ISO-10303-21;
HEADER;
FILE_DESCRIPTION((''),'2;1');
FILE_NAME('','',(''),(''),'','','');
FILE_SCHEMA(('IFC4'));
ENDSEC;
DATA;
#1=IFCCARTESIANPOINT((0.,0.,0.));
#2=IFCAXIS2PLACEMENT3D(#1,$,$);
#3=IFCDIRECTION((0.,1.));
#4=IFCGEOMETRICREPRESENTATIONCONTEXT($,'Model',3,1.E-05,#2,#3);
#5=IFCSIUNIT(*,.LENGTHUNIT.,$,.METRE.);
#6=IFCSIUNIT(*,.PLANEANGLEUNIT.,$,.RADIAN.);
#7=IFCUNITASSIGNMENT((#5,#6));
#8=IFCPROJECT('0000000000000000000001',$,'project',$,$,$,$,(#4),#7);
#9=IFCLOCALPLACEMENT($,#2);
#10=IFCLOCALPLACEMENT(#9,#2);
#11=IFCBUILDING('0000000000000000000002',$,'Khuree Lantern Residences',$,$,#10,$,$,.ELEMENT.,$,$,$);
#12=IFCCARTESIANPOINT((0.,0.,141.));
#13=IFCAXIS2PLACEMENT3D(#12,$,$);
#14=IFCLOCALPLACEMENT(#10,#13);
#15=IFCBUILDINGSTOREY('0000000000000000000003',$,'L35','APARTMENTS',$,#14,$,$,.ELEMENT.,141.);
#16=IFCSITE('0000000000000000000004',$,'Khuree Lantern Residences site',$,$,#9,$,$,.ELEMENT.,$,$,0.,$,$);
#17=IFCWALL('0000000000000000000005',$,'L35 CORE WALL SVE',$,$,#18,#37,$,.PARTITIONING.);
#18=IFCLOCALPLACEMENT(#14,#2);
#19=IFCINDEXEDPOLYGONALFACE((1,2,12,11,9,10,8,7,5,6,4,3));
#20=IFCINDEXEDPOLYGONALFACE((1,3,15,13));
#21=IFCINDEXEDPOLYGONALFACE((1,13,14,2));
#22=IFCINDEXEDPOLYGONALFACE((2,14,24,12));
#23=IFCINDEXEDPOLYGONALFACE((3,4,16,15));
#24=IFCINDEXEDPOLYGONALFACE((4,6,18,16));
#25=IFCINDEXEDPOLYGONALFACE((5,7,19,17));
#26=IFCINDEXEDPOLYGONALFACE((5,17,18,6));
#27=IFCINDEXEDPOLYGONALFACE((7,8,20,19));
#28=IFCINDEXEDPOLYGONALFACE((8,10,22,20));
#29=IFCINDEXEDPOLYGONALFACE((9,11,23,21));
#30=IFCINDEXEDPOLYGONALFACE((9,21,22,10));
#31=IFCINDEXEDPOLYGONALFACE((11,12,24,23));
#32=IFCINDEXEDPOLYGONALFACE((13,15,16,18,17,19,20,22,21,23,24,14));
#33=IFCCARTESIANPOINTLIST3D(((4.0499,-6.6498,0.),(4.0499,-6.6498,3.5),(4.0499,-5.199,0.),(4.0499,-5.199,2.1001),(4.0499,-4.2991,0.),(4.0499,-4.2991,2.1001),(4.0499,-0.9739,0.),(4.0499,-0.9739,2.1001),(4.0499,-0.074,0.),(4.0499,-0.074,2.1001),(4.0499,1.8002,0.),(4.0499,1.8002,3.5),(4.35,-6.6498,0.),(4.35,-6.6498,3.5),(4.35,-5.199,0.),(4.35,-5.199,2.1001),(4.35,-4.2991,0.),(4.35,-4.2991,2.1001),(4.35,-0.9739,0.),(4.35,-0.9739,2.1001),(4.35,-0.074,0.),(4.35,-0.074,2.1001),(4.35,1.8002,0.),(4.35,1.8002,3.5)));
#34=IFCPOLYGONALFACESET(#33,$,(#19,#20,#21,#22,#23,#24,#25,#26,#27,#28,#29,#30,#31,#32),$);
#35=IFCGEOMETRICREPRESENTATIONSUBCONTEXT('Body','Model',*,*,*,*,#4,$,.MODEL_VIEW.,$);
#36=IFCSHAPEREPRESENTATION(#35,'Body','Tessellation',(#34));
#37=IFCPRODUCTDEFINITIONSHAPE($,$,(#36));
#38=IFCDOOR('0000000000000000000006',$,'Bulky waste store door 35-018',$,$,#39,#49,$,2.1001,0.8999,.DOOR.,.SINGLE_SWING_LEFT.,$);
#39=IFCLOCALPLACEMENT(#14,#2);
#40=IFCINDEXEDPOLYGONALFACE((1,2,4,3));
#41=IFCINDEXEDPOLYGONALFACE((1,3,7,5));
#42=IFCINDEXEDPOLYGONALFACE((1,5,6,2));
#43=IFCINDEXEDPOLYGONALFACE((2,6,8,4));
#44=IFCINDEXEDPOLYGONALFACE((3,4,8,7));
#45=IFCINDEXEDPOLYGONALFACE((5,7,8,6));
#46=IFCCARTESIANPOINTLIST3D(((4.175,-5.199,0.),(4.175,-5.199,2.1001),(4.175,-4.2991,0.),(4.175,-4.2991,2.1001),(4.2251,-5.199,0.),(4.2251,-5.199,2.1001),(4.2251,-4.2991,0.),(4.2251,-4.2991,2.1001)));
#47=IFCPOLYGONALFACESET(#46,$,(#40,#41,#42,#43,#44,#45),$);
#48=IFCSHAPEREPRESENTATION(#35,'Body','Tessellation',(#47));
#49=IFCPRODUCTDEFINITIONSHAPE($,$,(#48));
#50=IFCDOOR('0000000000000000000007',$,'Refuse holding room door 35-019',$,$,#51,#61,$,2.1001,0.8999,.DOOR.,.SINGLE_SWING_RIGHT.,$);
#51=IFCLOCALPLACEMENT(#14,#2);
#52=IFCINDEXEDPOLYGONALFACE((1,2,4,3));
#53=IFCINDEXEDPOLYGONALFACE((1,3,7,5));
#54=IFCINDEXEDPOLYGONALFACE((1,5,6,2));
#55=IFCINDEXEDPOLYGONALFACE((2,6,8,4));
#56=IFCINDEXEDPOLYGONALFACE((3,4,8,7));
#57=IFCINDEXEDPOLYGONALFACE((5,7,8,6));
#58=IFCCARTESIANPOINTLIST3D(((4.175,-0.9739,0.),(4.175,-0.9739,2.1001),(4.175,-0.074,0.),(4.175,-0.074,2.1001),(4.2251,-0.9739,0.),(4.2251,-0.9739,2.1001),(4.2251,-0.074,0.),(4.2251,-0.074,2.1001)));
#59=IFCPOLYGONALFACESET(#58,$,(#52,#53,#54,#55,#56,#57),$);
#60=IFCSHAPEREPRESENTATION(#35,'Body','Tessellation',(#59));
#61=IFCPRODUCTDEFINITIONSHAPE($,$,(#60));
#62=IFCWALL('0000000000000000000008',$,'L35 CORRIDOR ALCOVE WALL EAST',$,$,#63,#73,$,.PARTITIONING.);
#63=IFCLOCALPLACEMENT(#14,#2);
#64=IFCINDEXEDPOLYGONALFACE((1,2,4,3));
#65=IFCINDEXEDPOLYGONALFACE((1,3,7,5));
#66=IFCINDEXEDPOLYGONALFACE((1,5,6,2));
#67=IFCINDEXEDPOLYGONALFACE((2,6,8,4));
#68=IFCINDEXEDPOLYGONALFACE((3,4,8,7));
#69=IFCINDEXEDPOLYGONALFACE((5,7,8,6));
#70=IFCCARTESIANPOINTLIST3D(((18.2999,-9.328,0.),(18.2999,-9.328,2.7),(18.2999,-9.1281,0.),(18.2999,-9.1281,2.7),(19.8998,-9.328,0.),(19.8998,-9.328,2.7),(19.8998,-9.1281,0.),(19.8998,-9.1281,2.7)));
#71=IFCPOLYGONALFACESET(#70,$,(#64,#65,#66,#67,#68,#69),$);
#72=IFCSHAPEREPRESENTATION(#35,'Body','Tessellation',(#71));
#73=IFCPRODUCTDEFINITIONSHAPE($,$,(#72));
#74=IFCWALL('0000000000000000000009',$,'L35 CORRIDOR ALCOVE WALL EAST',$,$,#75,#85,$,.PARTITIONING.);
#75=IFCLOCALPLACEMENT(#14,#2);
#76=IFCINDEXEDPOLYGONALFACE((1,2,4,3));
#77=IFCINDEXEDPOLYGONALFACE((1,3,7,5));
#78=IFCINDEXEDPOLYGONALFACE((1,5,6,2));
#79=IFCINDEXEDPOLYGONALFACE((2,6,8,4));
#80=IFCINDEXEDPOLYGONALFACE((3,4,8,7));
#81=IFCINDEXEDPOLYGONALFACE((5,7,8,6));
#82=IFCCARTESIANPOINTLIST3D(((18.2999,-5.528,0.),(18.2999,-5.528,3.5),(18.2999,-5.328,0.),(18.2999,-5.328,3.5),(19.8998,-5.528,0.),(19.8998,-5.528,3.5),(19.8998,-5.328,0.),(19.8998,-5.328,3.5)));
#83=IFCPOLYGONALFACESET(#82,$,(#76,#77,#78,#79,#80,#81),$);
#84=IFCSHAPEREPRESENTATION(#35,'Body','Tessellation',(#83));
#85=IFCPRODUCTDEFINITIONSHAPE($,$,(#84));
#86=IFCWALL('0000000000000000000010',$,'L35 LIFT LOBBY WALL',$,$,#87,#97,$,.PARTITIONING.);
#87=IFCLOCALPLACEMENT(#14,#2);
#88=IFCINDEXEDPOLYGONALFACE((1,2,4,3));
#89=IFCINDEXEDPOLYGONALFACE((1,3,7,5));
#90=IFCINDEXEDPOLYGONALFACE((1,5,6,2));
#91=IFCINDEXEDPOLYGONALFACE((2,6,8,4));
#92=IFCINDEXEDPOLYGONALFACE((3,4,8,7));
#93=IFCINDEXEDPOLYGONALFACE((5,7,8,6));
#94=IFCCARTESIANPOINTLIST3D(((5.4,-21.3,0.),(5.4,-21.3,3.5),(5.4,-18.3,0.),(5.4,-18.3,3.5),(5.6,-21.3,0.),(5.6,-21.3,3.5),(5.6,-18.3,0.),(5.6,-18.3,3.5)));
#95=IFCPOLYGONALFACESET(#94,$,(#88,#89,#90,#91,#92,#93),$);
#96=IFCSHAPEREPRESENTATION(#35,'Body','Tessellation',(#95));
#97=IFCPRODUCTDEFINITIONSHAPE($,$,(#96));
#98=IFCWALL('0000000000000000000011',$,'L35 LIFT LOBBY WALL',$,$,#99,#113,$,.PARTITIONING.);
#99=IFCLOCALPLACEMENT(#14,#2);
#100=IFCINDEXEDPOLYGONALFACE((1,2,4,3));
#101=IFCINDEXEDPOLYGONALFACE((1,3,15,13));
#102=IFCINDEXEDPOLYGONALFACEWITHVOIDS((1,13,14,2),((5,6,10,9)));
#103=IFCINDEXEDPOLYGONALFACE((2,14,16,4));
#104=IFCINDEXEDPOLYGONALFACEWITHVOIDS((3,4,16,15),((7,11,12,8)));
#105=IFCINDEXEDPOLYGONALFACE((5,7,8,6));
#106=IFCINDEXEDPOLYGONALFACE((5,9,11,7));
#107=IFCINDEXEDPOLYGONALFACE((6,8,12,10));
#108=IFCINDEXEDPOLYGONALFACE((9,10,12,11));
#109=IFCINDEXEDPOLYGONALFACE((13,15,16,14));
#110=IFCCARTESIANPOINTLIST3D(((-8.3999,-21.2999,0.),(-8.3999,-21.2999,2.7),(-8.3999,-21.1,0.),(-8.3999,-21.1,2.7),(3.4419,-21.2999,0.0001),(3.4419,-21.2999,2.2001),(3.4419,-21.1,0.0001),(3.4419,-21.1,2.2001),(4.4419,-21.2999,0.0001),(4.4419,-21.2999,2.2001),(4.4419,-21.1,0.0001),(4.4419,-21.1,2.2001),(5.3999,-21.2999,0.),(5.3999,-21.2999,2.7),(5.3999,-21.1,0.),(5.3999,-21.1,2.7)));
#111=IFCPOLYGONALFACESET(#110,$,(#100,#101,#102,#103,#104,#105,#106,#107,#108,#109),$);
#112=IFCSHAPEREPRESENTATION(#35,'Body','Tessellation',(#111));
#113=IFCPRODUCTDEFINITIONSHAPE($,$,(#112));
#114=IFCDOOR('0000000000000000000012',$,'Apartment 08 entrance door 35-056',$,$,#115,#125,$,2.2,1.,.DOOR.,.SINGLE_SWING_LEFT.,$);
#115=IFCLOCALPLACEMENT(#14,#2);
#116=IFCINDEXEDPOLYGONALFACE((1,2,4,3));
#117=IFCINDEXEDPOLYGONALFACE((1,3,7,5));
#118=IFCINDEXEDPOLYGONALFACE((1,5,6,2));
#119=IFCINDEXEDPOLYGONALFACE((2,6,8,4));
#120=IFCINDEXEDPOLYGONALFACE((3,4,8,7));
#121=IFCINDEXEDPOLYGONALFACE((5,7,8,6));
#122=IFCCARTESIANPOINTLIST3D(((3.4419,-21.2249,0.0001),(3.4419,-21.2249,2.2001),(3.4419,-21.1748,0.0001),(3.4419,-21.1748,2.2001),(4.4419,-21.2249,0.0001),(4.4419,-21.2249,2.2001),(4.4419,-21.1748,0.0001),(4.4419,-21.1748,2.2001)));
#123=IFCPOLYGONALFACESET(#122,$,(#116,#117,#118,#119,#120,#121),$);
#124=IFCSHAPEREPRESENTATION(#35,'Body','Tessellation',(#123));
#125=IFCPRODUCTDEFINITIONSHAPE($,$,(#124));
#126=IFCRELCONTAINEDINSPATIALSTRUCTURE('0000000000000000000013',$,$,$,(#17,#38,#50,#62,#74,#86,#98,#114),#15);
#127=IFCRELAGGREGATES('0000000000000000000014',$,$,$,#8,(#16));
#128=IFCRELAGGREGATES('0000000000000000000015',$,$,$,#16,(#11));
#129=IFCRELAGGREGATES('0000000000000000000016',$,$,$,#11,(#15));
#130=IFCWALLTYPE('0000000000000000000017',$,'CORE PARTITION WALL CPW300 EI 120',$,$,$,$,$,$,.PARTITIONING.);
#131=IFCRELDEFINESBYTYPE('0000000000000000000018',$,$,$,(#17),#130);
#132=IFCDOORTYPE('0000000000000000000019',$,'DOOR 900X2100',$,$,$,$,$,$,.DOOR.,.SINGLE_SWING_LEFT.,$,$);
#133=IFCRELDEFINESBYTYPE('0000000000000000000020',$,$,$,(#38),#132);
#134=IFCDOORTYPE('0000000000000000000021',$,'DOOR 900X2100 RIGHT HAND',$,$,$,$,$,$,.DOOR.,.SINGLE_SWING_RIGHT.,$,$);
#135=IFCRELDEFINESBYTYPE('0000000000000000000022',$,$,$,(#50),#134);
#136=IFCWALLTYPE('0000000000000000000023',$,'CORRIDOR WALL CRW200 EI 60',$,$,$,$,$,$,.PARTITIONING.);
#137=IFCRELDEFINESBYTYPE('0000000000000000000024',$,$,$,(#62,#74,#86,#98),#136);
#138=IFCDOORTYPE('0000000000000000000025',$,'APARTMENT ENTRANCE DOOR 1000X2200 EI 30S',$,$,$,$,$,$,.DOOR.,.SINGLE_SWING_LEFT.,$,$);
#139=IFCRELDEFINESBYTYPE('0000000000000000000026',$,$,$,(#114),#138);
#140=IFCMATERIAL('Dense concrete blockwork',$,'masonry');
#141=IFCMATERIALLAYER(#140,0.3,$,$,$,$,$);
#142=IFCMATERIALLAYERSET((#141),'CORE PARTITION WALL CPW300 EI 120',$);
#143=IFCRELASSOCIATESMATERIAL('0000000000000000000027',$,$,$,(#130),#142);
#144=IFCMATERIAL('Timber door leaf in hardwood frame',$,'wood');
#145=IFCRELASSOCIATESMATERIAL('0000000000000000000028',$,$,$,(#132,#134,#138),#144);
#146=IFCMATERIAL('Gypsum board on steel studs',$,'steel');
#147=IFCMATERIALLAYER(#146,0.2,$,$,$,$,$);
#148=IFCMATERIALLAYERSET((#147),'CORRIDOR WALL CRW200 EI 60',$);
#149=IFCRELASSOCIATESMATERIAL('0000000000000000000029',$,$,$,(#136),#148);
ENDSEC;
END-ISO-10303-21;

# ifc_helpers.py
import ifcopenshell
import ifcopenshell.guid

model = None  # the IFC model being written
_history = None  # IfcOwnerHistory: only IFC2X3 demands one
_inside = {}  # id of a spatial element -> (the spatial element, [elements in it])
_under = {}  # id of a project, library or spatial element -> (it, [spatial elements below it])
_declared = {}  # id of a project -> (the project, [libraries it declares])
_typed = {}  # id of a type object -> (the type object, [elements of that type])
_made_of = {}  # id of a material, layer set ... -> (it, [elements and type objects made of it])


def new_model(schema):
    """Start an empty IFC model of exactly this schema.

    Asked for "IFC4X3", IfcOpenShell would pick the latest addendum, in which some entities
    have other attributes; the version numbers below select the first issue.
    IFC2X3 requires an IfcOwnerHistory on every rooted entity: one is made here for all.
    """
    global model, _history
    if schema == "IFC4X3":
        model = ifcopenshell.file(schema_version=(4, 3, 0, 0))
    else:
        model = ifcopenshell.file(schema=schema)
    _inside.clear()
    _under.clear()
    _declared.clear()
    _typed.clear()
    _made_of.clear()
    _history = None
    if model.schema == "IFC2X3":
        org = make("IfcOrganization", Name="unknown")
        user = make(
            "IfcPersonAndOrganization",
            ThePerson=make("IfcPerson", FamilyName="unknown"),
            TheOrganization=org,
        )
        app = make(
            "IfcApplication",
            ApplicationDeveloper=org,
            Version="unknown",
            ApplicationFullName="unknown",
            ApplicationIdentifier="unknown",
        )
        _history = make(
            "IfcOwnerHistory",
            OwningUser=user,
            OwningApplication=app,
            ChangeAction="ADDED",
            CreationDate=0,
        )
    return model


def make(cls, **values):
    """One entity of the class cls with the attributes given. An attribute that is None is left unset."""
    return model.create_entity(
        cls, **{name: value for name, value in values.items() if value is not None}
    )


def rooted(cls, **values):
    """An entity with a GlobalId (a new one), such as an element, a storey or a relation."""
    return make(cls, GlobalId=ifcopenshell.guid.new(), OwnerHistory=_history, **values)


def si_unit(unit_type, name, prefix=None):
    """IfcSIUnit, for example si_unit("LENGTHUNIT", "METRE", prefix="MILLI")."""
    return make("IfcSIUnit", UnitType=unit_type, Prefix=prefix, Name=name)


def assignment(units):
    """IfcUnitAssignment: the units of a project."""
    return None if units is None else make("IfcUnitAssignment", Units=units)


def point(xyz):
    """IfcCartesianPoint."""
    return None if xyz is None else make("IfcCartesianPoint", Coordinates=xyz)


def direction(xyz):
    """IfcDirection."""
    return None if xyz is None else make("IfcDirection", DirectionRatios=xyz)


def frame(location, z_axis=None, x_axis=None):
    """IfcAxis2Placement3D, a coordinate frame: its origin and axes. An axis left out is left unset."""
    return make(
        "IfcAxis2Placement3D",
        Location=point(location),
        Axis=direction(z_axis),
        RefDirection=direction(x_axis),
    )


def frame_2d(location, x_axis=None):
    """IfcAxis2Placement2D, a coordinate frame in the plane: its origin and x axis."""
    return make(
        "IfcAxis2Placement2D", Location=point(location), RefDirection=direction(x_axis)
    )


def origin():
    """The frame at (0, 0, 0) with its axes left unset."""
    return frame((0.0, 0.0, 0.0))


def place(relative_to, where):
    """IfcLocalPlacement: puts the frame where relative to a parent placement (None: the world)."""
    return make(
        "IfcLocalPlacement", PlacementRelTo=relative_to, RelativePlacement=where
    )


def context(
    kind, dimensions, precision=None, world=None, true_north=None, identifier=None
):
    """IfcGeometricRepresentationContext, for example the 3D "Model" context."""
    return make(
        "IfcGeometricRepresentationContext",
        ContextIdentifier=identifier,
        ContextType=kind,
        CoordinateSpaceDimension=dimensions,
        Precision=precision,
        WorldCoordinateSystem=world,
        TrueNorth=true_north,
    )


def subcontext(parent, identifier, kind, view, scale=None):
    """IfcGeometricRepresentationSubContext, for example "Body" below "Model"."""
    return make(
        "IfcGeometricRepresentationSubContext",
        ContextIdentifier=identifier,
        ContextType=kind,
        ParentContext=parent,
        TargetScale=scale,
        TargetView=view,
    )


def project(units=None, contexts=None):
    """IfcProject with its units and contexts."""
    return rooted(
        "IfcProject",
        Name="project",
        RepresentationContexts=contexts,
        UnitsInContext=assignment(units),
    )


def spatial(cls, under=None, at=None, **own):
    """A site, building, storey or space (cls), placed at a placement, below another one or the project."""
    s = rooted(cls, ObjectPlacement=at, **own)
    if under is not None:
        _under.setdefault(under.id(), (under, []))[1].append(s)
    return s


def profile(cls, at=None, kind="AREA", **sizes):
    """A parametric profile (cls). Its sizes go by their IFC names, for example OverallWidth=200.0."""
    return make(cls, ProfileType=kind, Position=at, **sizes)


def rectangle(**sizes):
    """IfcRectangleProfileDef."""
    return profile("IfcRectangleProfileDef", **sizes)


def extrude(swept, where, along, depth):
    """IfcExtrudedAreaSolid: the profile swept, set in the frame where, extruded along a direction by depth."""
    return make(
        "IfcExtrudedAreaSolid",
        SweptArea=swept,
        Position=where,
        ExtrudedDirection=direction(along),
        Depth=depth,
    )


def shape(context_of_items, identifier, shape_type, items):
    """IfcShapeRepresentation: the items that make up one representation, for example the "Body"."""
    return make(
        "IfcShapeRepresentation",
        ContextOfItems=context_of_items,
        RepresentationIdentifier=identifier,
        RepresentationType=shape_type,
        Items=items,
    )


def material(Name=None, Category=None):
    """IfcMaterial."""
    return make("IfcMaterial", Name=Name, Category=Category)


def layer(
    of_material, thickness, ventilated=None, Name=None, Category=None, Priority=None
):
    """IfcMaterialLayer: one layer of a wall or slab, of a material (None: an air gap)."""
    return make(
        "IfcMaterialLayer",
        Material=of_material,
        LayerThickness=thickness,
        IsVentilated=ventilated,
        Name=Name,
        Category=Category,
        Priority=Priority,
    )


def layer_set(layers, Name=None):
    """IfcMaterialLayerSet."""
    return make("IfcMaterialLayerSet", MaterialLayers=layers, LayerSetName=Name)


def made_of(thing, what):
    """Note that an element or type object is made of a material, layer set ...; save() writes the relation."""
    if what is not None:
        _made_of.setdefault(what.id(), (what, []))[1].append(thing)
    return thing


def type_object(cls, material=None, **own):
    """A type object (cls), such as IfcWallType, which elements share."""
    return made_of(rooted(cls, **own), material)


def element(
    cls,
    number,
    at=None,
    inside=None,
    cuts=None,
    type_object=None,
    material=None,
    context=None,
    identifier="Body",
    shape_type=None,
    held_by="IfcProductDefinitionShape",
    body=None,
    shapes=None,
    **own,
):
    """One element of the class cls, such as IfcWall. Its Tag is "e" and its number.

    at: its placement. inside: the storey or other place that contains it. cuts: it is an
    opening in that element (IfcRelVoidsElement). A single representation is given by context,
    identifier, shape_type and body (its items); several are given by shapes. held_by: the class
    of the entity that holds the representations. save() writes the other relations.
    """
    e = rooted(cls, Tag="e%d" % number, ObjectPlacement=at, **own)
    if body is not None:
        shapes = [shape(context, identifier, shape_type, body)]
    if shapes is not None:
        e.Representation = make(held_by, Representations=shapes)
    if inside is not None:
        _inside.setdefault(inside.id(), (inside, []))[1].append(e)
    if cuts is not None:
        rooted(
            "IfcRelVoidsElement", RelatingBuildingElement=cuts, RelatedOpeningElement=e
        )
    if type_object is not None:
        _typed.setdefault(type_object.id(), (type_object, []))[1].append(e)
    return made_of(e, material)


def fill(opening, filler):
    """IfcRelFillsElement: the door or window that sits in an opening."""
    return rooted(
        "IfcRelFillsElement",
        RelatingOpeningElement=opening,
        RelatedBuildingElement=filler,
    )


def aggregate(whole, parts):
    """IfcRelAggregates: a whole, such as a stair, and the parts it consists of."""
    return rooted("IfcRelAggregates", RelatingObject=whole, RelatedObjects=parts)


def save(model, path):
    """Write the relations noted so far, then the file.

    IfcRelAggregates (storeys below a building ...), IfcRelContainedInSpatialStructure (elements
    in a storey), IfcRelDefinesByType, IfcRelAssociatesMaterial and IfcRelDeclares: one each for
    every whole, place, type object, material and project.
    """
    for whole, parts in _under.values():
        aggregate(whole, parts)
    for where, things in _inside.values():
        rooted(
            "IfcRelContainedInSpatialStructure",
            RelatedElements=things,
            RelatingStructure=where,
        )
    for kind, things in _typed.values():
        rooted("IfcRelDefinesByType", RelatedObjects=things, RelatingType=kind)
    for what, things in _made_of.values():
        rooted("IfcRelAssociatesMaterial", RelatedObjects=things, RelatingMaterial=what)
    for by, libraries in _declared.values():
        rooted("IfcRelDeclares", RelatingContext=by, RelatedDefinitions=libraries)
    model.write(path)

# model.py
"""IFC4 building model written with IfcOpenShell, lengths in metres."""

from ifc_helpers import new_model, si_unit, direction, frame, frame_2d, origin, place, context, subcontext, project, spatial, rectangle, extrude, material, layer, layer_set, type_object, element, fill, save


model = new_model("IFC4")

# Units and contexts
model_context = context("Model", 3, precision=1e-05, world=origin(), true_north=direction((0.0, 1.0)))
body_context = subcontext(model_context, "Body", "Model", "MODEL_VIEW")
ifc_project = project(units=[si_unit("LENGTHUNIT", "METRE"), si_unit("PLANEANGLEUNIT", "RADIAN")], contexts=[model_context])

# Site, building, storey
site_placement = place(None, origin())
site = spatial("IfcSite", under=ifc_project, at=site_placement, Name="Khuree Lantern Residences site", CompositionType="ELEMENT", RefElevation=0.0)
building_placement = place(site_placement, origin())
building = spatial("IfcBuilding", under=site, at=building_placement, Name="Khuree Lantern Residences", CompositionType="ELEMENT")
storey_placement = place(building_placement, frame((0.0, 0.0, 141.0)))
storey = spatial("IfcBuildingStorey", under=building, at=storey_placement, Name="L35", Description="APARTMENTS", CompositionType="ELEMENT", Elevation=141.0)

# Shared definitions
ifc_material_1 = material(Name="Timber door leaf in hardwood frame", Category="wood")

# Shared definitions
ifc_material_2 = material(Name="Dense concrete blockwork", Category="masonry")
ifc_layer_1 = layer(ifc_material_2, 0.3)
ifc_layer_set_1 = layer_set([ifc_layer_1], Name="CORE PARTITION WALL CPW300 EI 120")
wall_type_1 = type_object("IfcWallType", Name="CORE PARTITION WALL CPW300 EI 120", PredefinedType="PARTITIONING", material=ifc_layer_set_1)

# Wall, openings, doors
wall_1_placement = place(storey_placement, frame((4.2, -6.6499, 0.0), z_axis=(0.0, 0.0, 1.0), x_axis=(0.0, 1.0, 0.0)))
wall_1 = element("IfcWall", 1, at=wall_1_placement, inside=storey, type_object=wall_type_1, Name="L35 CORE WALL SVE", PredefinedType="PARTITIONING", context=body_context, shape_type="SweptSolid", body=[
    extrude(rectangle(XDim=8.45, YDim=0.3, at=frame_2d((4.2251, 0.0))), origin(), (0.0, 0.0, 1.0), 3.5),
])
opening_1_placement = place(wall_1_placement, frame((1.4509, 0.0, 0.0)))
opening_1 = element("IfcOpeningElement", 2, at=opening_1_placement, cuts=wall_1, PredefinedType="OPENING", context=body_context, shape_type="SweptSolid", body=[
    extrude(rectangle(XDim=0.8999, YDim=2.1001, at=frame_2d((0.45, 1.05))), frame((0.0, 0.1602, 0.0), z_axis=(0.0, -1.0, 0.0), x_axis=(1.0, 0.0, 0.0)), (0.0, 0.0, 1.0), 0.3201),
])
opening_2_placement = place(wall_1_placement, frame((5.676, 0.0, 0.0)))
opening_2 = element("IfcOpeningElement", 3, at=opening_2_placement, cuts=wall_1, PredefinedType="OPENING", context=body_context, shape_type="SweptSolid", body=[
    extrude(rectangle(XDim=0.8999, YDim=2.1001, at=frame_2d((0.45, 1.05))), frame((0.0, 0.1602, 0.0), z_axis=(0.0, -1.0, 0.0), x_axis=(1.0, 0.0, 0.0)), (0.0, 0.0, 1.0), 0.3201),
])
door_type_1 = type_object("IfcDoorType", Name="DOOR 900X2100", OperationType="SINGLE_SWING_LEFT", PredefinedType="DOOR", material=ifc_material_1)
door_1_placement = place(opening_1_placement, origin())
door_1 = element("IfcDoor", 4, at=door_1_placement, inside=storey, type_object=door_type_1, Name="Bulky waste store door 35-018", OperationType="SINGLE_SWING_LEFT", OverallHeight=2.1001, OverallWidth=0.8999, PredefinedType="DOOR", context=body_context, shape_type="SweptSolid", body=[
    extrude(rectangle(XDim=0.8999, YDim=2.1001, at=frame_2d((0.45, 1.05))), frame((0.0, 0.0249, 0.0), z_axis=(0.0, -1.0, 0.0), x_axis=(1.0, 0.0, 0.0)), (0.0, 0.0, 1.0), 0.05),
])
fill(opening_1, door_1)
door_type_2 = type_object("IfcDoorType", Name="DOOR 900X2100 RIGHT HAND", OperationType="SINGLE_SWING_RIGHT", PredefinedType="DOOR", material=ifc_material_1)
door_2_placement = place(opening_2_placement, origin())
door_2 = element("IfcDoor", 5, at=door_2_placement, inside=storey, type_object=door_type_2, Name="Refuse holding room door 35-019", OperationType="SINGLE_SWING_RIGHT", OverallHeight=2.1001, OverallWidth=0.8999, PredefinedType="DOOR", context=body_context, shape_type="SweptSolid", body=[
    extrude(rectangle(XDim=0.8999, YDim=2.1001, at=frame_2d((0.45, 1.05))), frame((0.0, 0.0249, 0.0), z_axis=(0.0, -1.0, 0.0), x_axis=(1.0, 0.0, 0.0)), (0.0, 0.0, 1.0), 0.05),
])
fill(opening_2, door_2)

# Walls
ifc_material_3 = material(Name="Gypsum board on steel studs", Category="steel")
ifc_layer_2 = layer(ifc_material_3, 0.2)
ifc_layer_set_2 = layer_set([ifc_layer_2], Name="CORRIDOR WALL CRW200 EI 60")
wall_type_2 = type_object("IfcWallType", Name="CORRIDOR WALL CRW200 EI 60", PredefinedType="PARTITIONING", material=ifc_layer_set_2)
wall_2_placement = place(storey_placement, frame((18.3, -9.228, 0.0), z_axis=(0.0, 0.0, 1.0), x_axis=(1.0, 0.0, 0.0)))
element("IfcWall", 6, at=wall_2_placement, inside=storey, type_object=wall_type_2, Name="L35 CORRIDOR ALCOVE WALL EAST", PredefinedType="PARTITIONING", context=body_context, shape_type="SweptSolid", body=[
    extrude(rectangle(XDim=1.5999, YDim=0.2, at=frame_2d((0.7998, 0.0))), origin(), (0.0, 0.0, 1.0), 2.7),
])
wall_3_placement = place(storey_placement, frame((18.3, -5.428, 0.0), z_axis=(0.0, 0.0, 1.0), x_axis=(1.0, 0.0, 0.0)))
element("IfcWall", 7, at=wall_3_placement, inside=storey, type_object=wall_type_2, Name="L35 CORRIDOR ALCOVE WALL EAST", PredefinedType="PARTITIONING", context=body_context, shape_type="SweptSolid", body=[
    extrude(rectangle(XDim=1.5999, YDim=0.2, at=frame_2d((0.7998, 0.0))), origin(), (0.0, 0.0, 1.0), 3.5),
])
wall_4_placement = place(storey_placement, frame((5.5, -18.3, 0.0), z_axis=(0.0, 0.0, 1.0), x_axis=(0.0, -1.0, 0.0)))
element("IfcWall", 8, at=wall_4_placement, inside=storey, type_object=wall_type_2, Name="L35 LIFT LOBBY WALL", PredefinedType="PARTITIONING", context=body_context, shape_type="SweptSolid", body=[
    extrude(rectangle(XDim=3.0, YDim=0.2, at=frame_2d((1.5, 0.0))), origin(), (0.0, 0.0, 1.0), 3.5),
])

# Wall, opening, door
wall_5_placement = place(storey_placement, frame((5.3999, -21.2, 0.0), z_axis=(0.0, 0.0, 1.0), x_axis=(-1.0, 0.0, 0.0)))
wall_5 = element("IfcWall", 9, at=wall_5_placement, inside=storey, type_object=wall_type_2, Name="L35 LIFT LOBBY WALL", PredefinedType="PARTITIONING", context=body_context, shape_type="SweptSolid", body=[
    extrude(rectangle(XDim=13.7998, YDim=0.2, at=frame_2d((6.8999, 0.0))), origin(), (0.0, 0.0, 1.0), 2.7),
])
opening_3_placement = place(wall_5_placement, frame((0.958, 0.0, 0.0)))
opening_3 = element("IfcOpeningElement", 10, at=opening_3_placement, cuts=wall_5, PredefinedType="OPENING", context=body_context, shape_type="SweptSolid", body=[
    extrude(rectangle(XDim=1.0, YDim=2.2, at=frame_2d((0.5, 1.1001))), frame((0.0, 0.1099, 0.0), z_axis=(0.0, -1.0, 0.0), x_axis=(1.0, 0.0, 0.0)), (0.0, 0.0, 1.0), 0.22),
])
door_type_3 = type_object("IfcDoorType", Name="APARTMENT ENTRANCE DOOR 1000X2200 EI 30S", OperationType="SINGLE_SWING_LEFT", PredefinedType="DOOR", material=ifc_material_1)
door_3_placement = place(opening_3_placement, origin())
door_3 = element("IfcDoor", 11, at=door_3_placement, inside=storey, type_object=door_type_3, Name="Apartment 08 entrance door 35-056", OperationType="SINGLE_SWING_LEFT", OverallHeight=2.2, OverallWidth=1.0, PredefinedType="DOOR", context=body_context, shape_type="SweptSolid", body=[
    extrude(rectangle(XDim=1.0, YDim=2.2, at=frame_2d((0.5, 1.1001))), frame((0.0, 0.0249, 0.0), z_axis=(0.0, -1.0, 0.0), x_axis=(1.0, 0.0, 0.0)), (0.0, 0.0, 1.0), 0.05),
])
fill(opening_3, door_3)

save(model, "model.ifc")
